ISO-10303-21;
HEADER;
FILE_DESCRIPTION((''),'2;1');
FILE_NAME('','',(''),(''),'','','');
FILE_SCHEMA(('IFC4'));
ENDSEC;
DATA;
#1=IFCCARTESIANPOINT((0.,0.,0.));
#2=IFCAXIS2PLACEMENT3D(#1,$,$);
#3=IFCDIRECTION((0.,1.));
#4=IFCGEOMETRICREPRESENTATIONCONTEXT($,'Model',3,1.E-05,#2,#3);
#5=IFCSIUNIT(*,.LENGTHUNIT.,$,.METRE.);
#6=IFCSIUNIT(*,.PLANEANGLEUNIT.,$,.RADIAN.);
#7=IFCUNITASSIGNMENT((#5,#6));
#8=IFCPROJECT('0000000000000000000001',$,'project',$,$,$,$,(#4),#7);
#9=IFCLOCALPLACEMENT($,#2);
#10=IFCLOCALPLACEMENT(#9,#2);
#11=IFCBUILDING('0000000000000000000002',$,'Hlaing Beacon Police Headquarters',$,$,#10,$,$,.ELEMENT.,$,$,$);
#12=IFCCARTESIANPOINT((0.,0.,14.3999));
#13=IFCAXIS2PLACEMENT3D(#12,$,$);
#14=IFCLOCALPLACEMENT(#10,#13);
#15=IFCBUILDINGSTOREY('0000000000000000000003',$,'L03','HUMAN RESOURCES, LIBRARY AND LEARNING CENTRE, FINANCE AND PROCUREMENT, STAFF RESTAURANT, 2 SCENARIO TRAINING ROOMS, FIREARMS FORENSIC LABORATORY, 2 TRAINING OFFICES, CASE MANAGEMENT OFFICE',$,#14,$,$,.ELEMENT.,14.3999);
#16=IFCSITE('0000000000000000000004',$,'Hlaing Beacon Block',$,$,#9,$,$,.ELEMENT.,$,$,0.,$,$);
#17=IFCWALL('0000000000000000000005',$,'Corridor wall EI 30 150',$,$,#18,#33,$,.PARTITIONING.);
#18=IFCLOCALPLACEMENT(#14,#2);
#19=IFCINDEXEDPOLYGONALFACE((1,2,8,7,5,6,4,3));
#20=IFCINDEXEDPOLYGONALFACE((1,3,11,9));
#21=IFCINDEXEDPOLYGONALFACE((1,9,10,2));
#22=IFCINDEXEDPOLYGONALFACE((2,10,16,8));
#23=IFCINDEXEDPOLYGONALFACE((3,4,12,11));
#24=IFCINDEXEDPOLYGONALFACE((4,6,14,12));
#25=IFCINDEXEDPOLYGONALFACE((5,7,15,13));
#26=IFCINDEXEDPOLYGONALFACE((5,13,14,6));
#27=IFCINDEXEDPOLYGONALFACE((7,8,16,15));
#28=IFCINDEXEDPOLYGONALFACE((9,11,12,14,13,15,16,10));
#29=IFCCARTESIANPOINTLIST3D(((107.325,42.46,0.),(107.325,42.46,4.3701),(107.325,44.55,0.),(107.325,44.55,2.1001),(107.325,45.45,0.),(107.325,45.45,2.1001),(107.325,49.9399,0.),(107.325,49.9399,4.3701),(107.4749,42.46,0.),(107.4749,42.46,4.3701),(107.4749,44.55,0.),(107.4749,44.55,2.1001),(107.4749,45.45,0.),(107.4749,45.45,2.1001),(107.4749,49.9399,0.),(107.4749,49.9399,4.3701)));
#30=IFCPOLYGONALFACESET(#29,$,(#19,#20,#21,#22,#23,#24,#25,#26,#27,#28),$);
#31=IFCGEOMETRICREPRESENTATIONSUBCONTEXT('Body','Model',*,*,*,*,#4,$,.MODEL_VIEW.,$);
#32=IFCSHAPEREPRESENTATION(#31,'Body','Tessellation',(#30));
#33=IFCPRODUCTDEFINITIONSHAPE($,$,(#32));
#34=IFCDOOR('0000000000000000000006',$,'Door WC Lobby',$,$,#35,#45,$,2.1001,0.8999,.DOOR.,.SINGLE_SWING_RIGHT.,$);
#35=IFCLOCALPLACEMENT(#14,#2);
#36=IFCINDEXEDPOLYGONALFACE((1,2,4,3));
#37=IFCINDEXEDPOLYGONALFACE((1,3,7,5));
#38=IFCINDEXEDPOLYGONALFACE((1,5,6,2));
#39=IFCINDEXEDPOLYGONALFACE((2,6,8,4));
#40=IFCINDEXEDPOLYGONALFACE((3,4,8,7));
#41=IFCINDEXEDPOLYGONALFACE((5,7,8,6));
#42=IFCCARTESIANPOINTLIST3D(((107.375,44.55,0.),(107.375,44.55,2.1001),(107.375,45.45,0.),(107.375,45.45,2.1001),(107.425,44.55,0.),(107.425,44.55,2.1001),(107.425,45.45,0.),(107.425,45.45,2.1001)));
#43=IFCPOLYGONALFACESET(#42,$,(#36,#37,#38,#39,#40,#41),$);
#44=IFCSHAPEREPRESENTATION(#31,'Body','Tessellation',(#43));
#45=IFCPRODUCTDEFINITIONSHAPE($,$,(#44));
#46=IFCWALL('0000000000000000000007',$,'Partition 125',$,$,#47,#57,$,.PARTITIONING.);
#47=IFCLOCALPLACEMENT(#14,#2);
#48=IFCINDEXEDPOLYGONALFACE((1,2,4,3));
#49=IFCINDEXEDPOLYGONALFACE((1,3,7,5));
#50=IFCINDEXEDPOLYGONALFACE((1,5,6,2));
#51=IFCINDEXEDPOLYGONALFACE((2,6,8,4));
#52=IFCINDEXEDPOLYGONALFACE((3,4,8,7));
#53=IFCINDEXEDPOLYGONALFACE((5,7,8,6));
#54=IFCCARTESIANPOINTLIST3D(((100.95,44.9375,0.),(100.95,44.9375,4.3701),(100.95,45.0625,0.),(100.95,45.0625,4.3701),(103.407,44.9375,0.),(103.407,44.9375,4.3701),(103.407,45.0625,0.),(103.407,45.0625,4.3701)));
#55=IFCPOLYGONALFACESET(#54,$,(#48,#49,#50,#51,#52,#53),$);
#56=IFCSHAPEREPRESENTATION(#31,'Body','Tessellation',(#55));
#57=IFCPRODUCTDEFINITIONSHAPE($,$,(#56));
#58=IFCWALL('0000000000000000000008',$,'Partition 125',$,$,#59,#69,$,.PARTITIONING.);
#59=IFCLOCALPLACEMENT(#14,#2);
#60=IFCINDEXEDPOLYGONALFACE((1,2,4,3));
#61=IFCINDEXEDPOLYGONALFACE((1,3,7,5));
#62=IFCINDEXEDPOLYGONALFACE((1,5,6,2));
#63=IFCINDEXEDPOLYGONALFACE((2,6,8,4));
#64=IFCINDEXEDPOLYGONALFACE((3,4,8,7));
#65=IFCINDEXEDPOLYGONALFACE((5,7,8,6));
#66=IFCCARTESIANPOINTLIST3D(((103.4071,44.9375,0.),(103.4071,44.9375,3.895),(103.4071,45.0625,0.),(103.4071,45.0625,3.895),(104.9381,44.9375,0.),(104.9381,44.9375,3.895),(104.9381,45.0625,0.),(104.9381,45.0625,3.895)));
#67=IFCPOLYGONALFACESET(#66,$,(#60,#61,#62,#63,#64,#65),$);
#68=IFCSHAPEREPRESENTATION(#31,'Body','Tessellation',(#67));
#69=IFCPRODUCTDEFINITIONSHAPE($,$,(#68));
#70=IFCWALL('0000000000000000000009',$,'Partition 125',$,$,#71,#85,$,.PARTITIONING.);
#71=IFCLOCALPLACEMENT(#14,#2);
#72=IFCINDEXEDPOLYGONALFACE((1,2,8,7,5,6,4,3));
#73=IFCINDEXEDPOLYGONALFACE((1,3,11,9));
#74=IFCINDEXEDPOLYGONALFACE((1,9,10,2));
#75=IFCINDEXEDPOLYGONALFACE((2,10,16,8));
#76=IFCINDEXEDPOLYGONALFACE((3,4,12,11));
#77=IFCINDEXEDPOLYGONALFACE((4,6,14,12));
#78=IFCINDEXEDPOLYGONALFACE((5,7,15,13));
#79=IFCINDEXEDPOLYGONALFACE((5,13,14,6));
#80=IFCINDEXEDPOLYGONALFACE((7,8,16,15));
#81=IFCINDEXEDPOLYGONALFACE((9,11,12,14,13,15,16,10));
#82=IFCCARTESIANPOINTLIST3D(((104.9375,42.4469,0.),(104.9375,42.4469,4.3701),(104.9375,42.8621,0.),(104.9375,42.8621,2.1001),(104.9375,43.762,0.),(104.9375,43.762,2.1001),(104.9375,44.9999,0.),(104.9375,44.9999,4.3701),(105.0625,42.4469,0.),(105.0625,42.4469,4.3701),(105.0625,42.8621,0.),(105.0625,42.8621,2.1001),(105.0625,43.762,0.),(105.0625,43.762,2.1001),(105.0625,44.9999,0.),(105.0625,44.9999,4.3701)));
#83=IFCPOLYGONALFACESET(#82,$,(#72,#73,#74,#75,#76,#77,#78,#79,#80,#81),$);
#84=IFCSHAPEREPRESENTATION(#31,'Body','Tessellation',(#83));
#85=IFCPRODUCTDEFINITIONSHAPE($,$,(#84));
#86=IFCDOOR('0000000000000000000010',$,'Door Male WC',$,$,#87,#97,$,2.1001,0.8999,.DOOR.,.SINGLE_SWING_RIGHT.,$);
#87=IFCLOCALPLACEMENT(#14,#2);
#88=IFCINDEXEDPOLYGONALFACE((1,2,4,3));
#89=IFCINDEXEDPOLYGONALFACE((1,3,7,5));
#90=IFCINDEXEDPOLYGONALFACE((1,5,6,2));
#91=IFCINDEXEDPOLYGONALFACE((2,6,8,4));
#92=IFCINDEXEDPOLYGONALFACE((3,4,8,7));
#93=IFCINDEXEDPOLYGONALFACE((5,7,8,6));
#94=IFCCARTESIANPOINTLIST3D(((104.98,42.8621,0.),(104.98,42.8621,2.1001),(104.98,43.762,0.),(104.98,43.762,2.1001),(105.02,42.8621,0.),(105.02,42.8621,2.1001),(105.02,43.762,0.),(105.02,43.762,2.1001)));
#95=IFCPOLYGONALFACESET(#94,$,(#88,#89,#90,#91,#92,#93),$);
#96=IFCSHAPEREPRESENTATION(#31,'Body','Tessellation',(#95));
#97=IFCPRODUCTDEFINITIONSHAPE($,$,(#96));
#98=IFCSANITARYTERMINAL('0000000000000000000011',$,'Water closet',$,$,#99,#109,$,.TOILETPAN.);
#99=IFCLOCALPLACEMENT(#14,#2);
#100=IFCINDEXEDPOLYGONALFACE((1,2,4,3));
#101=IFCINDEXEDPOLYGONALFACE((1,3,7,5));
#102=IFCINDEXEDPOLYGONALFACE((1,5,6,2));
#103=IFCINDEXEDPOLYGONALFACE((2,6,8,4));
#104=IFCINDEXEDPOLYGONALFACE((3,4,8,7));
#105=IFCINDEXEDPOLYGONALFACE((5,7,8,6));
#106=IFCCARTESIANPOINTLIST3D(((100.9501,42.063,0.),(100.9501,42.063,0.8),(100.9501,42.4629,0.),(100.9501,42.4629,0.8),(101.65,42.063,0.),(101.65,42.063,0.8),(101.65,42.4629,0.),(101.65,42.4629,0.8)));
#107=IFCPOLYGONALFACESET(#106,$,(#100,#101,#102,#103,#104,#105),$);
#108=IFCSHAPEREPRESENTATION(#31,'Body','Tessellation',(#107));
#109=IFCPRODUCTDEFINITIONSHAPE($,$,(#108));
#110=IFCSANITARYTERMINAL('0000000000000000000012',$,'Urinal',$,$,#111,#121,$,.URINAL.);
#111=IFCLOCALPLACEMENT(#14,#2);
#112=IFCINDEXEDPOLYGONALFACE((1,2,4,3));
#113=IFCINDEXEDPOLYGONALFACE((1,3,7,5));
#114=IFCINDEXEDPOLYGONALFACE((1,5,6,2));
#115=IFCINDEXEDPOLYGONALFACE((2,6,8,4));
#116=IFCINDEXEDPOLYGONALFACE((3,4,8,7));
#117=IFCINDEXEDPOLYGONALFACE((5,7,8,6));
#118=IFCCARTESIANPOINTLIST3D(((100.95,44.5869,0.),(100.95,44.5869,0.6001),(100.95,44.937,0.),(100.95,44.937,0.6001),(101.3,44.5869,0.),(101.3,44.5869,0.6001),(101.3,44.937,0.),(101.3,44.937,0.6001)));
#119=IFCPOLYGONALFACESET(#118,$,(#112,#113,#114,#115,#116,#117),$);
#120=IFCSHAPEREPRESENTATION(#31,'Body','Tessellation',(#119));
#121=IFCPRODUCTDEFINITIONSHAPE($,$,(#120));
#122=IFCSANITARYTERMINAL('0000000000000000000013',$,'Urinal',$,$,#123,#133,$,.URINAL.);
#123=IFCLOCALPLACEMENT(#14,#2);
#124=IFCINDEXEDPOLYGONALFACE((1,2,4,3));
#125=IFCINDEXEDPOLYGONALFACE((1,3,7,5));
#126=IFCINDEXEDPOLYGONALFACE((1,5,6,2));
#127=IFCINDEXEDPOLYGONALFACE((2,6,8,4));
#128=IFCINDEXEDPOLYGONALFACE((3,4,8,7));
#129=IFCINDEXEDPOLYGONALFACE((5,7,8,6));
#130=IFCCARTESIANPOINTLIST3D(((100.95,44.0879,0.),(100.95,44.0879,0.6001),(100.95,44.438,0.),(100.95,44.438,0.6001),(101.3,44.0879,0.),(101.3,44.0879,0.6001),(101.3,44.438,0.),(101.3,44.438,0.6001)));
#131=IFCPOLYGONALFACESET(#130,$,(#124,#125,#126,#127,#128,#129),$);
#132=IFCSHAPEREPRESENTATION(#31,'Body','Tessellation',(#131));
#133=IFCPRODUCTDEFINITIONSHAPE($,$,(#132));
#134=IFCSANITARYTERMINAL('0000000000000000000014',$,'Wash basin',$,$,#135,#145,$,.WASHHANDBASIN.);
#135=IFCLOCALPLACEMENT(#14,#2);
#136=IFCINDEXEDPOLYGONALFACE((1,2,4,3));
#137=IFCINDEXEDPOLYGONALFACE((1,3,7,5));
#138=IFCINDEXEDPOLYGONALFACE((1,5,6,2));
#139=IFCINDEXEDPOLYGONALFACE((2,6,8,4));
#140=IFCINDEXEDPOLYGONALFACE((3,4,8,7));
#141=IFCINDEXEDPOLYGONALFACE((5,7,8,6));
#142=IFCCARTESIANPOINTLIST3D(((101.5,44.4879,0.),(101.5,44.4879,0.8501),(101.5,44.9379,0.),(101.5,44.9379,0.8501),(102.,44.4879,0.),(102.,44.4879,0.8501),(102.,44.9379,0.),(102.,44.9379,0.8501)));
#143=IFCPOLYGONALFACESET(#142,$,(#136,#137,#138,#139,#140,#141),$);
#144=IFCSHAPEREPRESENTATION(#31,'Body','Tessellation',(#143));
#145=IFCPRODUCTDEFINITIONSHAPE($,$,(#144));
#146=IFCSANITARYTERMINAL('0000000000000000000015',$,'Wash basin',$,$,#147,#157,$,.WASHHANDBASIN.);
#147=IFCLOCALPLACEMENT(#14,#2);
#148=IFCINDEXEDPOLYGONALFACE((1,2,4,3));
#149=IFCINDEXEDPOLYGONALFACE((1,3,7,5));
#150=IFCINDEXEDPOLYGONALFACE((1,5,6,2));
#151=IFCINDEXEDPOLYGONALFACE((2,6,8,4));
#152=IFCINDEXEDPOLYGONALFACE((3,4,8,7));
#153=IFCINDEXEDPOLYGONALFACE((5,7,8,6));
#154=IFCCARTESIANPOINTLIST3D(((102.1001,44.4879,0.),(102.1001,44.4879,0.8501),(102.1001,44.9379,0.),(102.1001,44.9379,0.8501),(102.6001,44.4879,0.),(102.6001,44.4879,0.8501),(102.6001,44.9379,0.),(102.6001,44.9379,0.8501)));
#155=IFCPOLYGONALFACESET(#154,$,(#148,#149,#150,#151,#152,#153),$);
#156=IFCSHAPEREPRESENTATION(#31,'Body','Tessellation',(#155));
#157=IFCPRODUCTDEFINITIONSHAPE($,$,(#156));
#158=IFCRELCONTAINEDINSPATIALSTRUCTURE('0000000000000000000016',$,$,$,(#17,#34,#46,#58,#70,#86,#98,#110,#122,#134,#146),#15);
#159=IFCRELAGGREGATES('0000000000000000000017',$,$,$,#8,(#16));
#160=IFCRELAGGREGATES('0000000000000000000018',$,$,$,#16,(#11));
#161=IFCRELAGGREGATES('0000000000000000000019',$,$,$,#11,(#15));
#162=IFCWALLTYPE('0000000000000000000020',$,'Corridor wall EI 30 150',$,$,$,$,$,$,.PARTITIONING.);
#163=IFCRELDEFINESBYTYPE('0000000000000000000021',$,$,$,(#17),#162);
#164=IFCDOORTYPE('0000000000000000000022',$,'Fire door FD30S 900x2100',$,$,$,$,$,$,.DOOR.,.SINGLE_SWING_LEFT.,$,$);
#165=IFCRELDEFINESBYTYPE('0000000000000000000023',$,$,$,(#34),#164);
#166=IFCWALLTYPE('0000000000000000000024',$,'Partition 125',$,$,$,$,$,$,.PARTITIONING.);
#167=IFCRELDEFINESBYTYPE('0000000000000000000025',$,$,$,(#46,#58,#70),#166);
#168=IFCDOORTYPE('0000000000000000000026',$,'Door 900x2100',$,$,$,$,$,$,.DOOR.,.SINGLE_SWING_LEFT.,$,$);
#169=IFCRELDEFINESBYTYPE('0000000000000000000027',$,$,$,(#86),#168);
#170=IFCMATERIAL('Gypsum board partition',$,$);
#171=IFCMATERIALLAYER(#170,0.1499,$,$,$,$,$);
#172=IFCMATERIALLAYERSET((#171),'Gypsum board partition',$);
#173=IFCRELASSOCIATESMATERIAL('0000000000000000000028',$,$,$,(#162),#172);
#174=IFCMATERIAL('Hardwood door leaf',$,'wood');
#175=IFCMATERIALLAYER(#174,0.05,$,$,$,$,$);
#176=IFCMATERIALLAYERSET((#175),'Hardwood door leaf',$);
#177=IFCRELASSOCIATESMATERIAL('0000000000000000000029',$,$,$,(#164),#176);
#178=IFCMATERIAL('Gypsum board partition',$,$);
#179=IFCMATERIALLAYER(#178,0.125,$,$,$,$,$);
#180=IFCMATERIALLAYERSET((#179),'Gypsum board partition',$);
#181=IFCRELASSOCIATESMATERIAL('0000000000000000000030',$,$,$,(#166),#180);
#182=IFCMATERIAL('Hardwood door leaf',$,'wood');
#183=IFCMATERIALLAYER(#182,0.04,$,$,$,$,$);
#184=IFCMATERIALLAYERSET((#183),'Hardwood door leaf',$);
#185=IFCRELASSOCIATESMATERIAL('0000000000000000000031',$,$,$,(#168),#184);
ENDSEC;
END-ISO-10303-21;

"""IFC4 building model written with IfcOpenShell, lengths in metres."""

from ifc_helpers import new_model, si_unit, direction, frame, frame_2d, origin, origin_2d, place, context, subcontext, project, spatial, rectangle, extrude, material, layer, layer_set, type_object, element, fill, save


model = new_model("IFC4")

# Units and contexts
model_context = context("Model", 3, precision=1e-05, world=origin(), true_north=direction((0.0, 1.0)))
body_context = subcontext(model_context, "Body", "Model", "MODEL_VIEW")
ifc_project = project(units=[si_unit("LENGTHUNIT", "METRE"), si_unit("PLANEANGLEUNIT", "RADIAN")], contexts=[model_context])

# Site, building, storey
site_placement = place(None, origin())
site = spatial("IfcSite", under=ifc_project, at=site_placement, Name="Hlaing Beacon Block", CompositionType="ELEMENT", RefElevation=0.0)
building_placement = place(site_placement, origin())
building = spatial("IfcBuilding", under=site, at=building_placement, Name="Hlaing Beacon Police Headquarters", CompositionType="ELEMENT")
storey_placement = place(building_placement, frame((0.0, 0.0, 14.3999)))
storey = spatial("IfcBuildingStorey", under=building, at=storey_placement, Name="L03", Description="HUMAN RESOURCES, LIBRARY AND LEARNING CENTRE, FINANCE AND PROCUREMENT, STAFF RESTAURANT, 2 SCENARIO TRAINING ROOMS, FIREARMS FORENSIC LABORATORY, 2 TRAINING OFFICES, CASE MANAGEMENT OFFICE", CompositionType="ELEMENT", Elevation=14.3999)

# Wall, opening, door
ifc_material_1 = material(Name="Gypsum board partition")
ifc_layer_1 = layer(ifc_material_1, 0.1499)
ifc_layer_set_1 = layer_set([ifc_layer_1], Name="Gypsum board partition")
wall_type_1 = type_object("IfcWallType", Name="Corridor wall EI 30 150", PredefinedType="PARTITIONING", material=ifc_layer_set_1)
wall_1_placement = place(storey_placement, frame((107.3999, 42.46, 0.0), z_axis=(0.0, 0.0, 1.0), x_axis=(0.0, 1.0, 0.0)))
wall_1 = element("IfcWall", 1, at=wall_1_placement, inside=storey, type_object=wall_type_1, Name="Corridor wall EI 30 150", PredefinedType="PARTITIONING", context=body_context, shape_type="SweptSolid", body=[
    extrude(rectangle(XDim=7.48, YDim=0.1499, at=frame_2d((3.74, 0.0))), origin(), (0.0, 0.0, 1.0), 4.3701),
])
opening_1_placement = place(wall_1_placement, frame((2.0901, 0.0, 0.0)))
opening_1 = element("IfcOpeningElement", 2, at=opening_1_placement, cuts=wall_1, PredefinedType="OPENING", context=body_context, shape_type="SweptSolid", body=[
    extrude(rectangle(XDim=0.8999, YDim=2.1001, at=frame_2d((0.45, 1.05))), frame((0.0, 0.085, 0.0), z_axis=(0.0, -1.0, 0.0), x_axis=(1.0, 0.0, 0.0)), (0.0, 0.0, 1.0), 0.1699),
])
ifc_material_2 = material(Name="Hardwood door leaf", Category="wood")
ifc_layer_2 = layer(ifc_material_2, 0.05)
ifc_layer_set_2 = layer_set([ifc_layer_2], Name="Hardwood door leaf")
door_type_1 = type_object("IfcDoorType", Name="Fire door FD30S 900x2100", OperationType="SINGLE_SWING_LEFT", PredefinedType="DOOR", material=ifc_layer_set_2)
door_1_placement = place(opening_1_placement, origin())
door_1 = element("IfcDoor", 3, at=door_1_placement, inside=storey, type_object=door_type_1, Name="Door WC Lobby", OperationType="SINGLE_SWING_RIGHT", OverallHeight=2.1001, OverallWidth=0.8999, PredefinedType="DOOR", context=body_context, shape_type="SweptSolid", body=[
    extrude(rectangle(XDim=0.8999, YDim=2.1001, at=frame_2d((0.45, 1.05))), frame((0.0, 0.0249, 0.0), z_axis=(0.0, -1.0, 0.0), x_axis=(1.0, 0.0, 0.0)), (0.0, 0.0, 1.0), 0.05),
])
fill(opening_1, door_1)

# Walls
ifc_material_3 = material(Name="Gypsum board partition")
ifc_layer_3 = layer(ifc_material_3, 0.125)
ifc_layer_set_3 = layer_set([ifc_layer_3], Name="Gypsum board partition")
wall_type_2 = type_object("IfcWallType", Name="Partition 125", PredefinedType="PARTITIONING", material=ifc_layer_set_3)
wall_2_placement = place(storey_placement, frame((100.95, 45.0, 0.0), z_axis=(0.0, 0.0, 1.0), x_axis=(1.0, 0.0, 0.0)))
element("IfcWall", 4, at=wall_2_placement, inside=storey, type_object=wall_type_2, Name="Partition 125", PredefinedType="PARTITIONING", context=body_context, shape_type="SweptSolid", body=[
    extrude(rectangle(XDim=2.457, YDim=0.125, at=frame_2d((1.2285, 0.0))), origin(), (0.0, 0.0, 1.0), 4.3701),
])
wall_3_placement = place(storey_placement, frame((103.407, 45.0, 0.0), z_axis=(0.0, 0.0, 1.0), x_axis=(1.0, 0.0, 0.0)))
element("IfcWall", 5, at=wall_3_placement, inside=storey, type_object=wall_type_2, Name="Partition 125", PredefinedType="PARTITIONING", context=body_context, shape_type="SweptSolid", body=[
    extrude(rectangle(XDim=1.531, YDim=0.125, at=frame_2d((0.7656, 0.0))), origin(), (0.0, 0.0, 1.0), 3.895),
])

# Wall, opening, door
wall_4_placement = place(storey_placement, frame((105.0, 42.447, 0.0), z_axis=(0.0, 0.0, 1.0), x_axis=(0.0, 1.0, 0.0)))
wall_4 = element("IfcWall", 6, at=wall_4_placement, inside=storey, type_object=wall_type_2, Name="Partition 125", PredefinedType="PARTITIONING", context=body_context, shape_type="SweptSolid", body=[
    extrude(rectangle(XDim=2.553, YDim=0.125, at=frame_2d((1.2764, 0.0))), origin(), (0.0, 0.0, 1.0), 4.3701),
])
opening_2_placement = place(wall_4_placement, frame((0.415, 0.0, 0.0)))
opening_2 = element("IfcOpeningElement", 7, at=opening_2_placement, cuts=wall_4, PredefinedType="OPENING", context=body_context, shape_type="SweptSolid", body=[
    extrude(rectangle(XDim=0.8999, YDim=2.1001, at=frame_2d((0.45, 1.05))), frame((0.0, 0.0725, 0.0), z_axis=(0.0, -1.0, 0.0), x_axis=(1.0, 0.0, 0.0)), (0.0, 0.0, 1.0), 0.145),
])
ifc_material_4 = material(Name="Hardwood door leaf", Category="wood")
ifc_layer_4 = layer(ifc_material_4, 0.04)
ifc_layer_set_4 = layer_set([ifc_layer_4], Name="Hardwood door leaf")
door_type_2 = type_object("IfcDoorType", Name="Door 900x2100", OperationType="SINGLE_SWING_LEFT", PredefinedType="DOOR", material=ifc_layer_set_4)
door_2_placement = place(opening_2_placement, origin())
door_2 = element("IfcDoor", 8, at=door_2_placement, inside=storey, type_object=door_type_2, Name="Door Male WC", OperationType="SINGLE_SWING_RIGHT", OverallHeight=2.1001, OverallWidth=0.8999, PredefinedType="DOOR", context=body_context, shape_type="SweptSolid", body=[
    extrude(rectangle(XDim=0.8999, YDim=2.1001, at=frame_2d((0.45, 1.05))), frame((0.0, 0.02, 0.0), z_axis=(0.0, -1.0, 0.0), x_axis=(1.0, 0.0, 0.0)), (0.0, 0.0, 1.0), 0.04),
])
fill(opening_2, door_2)

# Sanitary terminals
sanitary_terminal_placement = place(storey_placement, frame((101.3, 42.2629, 0.0), z_axis=(0.0, 0.0, 1.0), x_axis=(1.0, 0.0, 0.0)))
element("IfcSanitaryTerminal", 9, at=sanitary_terminal_placement, inside=storey, Name="Water closet", PredefinedType="TOILETPAN", context=body_context, shape_type="SweptSolid", body=[
    extrude(rectangle(XDim=0.7, YDim=0.3999, at=origin_2d()), origin(), (0.0, 0.0, 1.0), 0.8),
])
for number, where, z_axis, x_axis, name in (
    (10, (101.125, 44.762, 0.0), (0.0, 0.0, 1.0), (1.0, 0.0, 0.0), "Urinal"),
    (11, (101.125, 44.2629, 0.0), (0.0, 0.0, 1.0), (1.0, 0.0, 0.0), "Urinal"),
):
    element("IfcSanitaryTerminal", number, at=place(storey_placement, frame(where, z_axis=z_axis, x_axis=x_axis)), inside=storey, Name=name, PredefinedType="URINAL", context=body_context, shape_type="SweptSolid", body=[
        extrude(rectangle(XDim=0.3501, YDim=0.3501, at=origin_2d()), origin(), (0.0, 0.0, 1.0), 0.6001),
    ])
for number, where, z_axis, x_axis, name in (
    (12, (101.75, 44.7129, 0.0), (0.0, 0.0, 1.0), (1.0, 0.0, 0.0), "Wash basin"),
    (13, (102.3501, 44.7129, 0.0), (0.0, 0.0, 1.0), (1.0, 0.0, 0.0), "Wash basin"),
):
    element("IfcSanitaryTerminal", number, at=place(storey_placement, frame(where, z_axis=z_axis, x_axis=x_axis)), inside=storey, Name=name, PredefinedType="WASHHANDBASIN", context=body_context, shape_type="SweptSolid", body=[
        extrude(rectangle(XDim=0.5, YDim=0.45, at=origin_2d()), origin(), (0.0, 0.0, 1.0), 0.8501),
    ])

save(model, "model.ifc")
